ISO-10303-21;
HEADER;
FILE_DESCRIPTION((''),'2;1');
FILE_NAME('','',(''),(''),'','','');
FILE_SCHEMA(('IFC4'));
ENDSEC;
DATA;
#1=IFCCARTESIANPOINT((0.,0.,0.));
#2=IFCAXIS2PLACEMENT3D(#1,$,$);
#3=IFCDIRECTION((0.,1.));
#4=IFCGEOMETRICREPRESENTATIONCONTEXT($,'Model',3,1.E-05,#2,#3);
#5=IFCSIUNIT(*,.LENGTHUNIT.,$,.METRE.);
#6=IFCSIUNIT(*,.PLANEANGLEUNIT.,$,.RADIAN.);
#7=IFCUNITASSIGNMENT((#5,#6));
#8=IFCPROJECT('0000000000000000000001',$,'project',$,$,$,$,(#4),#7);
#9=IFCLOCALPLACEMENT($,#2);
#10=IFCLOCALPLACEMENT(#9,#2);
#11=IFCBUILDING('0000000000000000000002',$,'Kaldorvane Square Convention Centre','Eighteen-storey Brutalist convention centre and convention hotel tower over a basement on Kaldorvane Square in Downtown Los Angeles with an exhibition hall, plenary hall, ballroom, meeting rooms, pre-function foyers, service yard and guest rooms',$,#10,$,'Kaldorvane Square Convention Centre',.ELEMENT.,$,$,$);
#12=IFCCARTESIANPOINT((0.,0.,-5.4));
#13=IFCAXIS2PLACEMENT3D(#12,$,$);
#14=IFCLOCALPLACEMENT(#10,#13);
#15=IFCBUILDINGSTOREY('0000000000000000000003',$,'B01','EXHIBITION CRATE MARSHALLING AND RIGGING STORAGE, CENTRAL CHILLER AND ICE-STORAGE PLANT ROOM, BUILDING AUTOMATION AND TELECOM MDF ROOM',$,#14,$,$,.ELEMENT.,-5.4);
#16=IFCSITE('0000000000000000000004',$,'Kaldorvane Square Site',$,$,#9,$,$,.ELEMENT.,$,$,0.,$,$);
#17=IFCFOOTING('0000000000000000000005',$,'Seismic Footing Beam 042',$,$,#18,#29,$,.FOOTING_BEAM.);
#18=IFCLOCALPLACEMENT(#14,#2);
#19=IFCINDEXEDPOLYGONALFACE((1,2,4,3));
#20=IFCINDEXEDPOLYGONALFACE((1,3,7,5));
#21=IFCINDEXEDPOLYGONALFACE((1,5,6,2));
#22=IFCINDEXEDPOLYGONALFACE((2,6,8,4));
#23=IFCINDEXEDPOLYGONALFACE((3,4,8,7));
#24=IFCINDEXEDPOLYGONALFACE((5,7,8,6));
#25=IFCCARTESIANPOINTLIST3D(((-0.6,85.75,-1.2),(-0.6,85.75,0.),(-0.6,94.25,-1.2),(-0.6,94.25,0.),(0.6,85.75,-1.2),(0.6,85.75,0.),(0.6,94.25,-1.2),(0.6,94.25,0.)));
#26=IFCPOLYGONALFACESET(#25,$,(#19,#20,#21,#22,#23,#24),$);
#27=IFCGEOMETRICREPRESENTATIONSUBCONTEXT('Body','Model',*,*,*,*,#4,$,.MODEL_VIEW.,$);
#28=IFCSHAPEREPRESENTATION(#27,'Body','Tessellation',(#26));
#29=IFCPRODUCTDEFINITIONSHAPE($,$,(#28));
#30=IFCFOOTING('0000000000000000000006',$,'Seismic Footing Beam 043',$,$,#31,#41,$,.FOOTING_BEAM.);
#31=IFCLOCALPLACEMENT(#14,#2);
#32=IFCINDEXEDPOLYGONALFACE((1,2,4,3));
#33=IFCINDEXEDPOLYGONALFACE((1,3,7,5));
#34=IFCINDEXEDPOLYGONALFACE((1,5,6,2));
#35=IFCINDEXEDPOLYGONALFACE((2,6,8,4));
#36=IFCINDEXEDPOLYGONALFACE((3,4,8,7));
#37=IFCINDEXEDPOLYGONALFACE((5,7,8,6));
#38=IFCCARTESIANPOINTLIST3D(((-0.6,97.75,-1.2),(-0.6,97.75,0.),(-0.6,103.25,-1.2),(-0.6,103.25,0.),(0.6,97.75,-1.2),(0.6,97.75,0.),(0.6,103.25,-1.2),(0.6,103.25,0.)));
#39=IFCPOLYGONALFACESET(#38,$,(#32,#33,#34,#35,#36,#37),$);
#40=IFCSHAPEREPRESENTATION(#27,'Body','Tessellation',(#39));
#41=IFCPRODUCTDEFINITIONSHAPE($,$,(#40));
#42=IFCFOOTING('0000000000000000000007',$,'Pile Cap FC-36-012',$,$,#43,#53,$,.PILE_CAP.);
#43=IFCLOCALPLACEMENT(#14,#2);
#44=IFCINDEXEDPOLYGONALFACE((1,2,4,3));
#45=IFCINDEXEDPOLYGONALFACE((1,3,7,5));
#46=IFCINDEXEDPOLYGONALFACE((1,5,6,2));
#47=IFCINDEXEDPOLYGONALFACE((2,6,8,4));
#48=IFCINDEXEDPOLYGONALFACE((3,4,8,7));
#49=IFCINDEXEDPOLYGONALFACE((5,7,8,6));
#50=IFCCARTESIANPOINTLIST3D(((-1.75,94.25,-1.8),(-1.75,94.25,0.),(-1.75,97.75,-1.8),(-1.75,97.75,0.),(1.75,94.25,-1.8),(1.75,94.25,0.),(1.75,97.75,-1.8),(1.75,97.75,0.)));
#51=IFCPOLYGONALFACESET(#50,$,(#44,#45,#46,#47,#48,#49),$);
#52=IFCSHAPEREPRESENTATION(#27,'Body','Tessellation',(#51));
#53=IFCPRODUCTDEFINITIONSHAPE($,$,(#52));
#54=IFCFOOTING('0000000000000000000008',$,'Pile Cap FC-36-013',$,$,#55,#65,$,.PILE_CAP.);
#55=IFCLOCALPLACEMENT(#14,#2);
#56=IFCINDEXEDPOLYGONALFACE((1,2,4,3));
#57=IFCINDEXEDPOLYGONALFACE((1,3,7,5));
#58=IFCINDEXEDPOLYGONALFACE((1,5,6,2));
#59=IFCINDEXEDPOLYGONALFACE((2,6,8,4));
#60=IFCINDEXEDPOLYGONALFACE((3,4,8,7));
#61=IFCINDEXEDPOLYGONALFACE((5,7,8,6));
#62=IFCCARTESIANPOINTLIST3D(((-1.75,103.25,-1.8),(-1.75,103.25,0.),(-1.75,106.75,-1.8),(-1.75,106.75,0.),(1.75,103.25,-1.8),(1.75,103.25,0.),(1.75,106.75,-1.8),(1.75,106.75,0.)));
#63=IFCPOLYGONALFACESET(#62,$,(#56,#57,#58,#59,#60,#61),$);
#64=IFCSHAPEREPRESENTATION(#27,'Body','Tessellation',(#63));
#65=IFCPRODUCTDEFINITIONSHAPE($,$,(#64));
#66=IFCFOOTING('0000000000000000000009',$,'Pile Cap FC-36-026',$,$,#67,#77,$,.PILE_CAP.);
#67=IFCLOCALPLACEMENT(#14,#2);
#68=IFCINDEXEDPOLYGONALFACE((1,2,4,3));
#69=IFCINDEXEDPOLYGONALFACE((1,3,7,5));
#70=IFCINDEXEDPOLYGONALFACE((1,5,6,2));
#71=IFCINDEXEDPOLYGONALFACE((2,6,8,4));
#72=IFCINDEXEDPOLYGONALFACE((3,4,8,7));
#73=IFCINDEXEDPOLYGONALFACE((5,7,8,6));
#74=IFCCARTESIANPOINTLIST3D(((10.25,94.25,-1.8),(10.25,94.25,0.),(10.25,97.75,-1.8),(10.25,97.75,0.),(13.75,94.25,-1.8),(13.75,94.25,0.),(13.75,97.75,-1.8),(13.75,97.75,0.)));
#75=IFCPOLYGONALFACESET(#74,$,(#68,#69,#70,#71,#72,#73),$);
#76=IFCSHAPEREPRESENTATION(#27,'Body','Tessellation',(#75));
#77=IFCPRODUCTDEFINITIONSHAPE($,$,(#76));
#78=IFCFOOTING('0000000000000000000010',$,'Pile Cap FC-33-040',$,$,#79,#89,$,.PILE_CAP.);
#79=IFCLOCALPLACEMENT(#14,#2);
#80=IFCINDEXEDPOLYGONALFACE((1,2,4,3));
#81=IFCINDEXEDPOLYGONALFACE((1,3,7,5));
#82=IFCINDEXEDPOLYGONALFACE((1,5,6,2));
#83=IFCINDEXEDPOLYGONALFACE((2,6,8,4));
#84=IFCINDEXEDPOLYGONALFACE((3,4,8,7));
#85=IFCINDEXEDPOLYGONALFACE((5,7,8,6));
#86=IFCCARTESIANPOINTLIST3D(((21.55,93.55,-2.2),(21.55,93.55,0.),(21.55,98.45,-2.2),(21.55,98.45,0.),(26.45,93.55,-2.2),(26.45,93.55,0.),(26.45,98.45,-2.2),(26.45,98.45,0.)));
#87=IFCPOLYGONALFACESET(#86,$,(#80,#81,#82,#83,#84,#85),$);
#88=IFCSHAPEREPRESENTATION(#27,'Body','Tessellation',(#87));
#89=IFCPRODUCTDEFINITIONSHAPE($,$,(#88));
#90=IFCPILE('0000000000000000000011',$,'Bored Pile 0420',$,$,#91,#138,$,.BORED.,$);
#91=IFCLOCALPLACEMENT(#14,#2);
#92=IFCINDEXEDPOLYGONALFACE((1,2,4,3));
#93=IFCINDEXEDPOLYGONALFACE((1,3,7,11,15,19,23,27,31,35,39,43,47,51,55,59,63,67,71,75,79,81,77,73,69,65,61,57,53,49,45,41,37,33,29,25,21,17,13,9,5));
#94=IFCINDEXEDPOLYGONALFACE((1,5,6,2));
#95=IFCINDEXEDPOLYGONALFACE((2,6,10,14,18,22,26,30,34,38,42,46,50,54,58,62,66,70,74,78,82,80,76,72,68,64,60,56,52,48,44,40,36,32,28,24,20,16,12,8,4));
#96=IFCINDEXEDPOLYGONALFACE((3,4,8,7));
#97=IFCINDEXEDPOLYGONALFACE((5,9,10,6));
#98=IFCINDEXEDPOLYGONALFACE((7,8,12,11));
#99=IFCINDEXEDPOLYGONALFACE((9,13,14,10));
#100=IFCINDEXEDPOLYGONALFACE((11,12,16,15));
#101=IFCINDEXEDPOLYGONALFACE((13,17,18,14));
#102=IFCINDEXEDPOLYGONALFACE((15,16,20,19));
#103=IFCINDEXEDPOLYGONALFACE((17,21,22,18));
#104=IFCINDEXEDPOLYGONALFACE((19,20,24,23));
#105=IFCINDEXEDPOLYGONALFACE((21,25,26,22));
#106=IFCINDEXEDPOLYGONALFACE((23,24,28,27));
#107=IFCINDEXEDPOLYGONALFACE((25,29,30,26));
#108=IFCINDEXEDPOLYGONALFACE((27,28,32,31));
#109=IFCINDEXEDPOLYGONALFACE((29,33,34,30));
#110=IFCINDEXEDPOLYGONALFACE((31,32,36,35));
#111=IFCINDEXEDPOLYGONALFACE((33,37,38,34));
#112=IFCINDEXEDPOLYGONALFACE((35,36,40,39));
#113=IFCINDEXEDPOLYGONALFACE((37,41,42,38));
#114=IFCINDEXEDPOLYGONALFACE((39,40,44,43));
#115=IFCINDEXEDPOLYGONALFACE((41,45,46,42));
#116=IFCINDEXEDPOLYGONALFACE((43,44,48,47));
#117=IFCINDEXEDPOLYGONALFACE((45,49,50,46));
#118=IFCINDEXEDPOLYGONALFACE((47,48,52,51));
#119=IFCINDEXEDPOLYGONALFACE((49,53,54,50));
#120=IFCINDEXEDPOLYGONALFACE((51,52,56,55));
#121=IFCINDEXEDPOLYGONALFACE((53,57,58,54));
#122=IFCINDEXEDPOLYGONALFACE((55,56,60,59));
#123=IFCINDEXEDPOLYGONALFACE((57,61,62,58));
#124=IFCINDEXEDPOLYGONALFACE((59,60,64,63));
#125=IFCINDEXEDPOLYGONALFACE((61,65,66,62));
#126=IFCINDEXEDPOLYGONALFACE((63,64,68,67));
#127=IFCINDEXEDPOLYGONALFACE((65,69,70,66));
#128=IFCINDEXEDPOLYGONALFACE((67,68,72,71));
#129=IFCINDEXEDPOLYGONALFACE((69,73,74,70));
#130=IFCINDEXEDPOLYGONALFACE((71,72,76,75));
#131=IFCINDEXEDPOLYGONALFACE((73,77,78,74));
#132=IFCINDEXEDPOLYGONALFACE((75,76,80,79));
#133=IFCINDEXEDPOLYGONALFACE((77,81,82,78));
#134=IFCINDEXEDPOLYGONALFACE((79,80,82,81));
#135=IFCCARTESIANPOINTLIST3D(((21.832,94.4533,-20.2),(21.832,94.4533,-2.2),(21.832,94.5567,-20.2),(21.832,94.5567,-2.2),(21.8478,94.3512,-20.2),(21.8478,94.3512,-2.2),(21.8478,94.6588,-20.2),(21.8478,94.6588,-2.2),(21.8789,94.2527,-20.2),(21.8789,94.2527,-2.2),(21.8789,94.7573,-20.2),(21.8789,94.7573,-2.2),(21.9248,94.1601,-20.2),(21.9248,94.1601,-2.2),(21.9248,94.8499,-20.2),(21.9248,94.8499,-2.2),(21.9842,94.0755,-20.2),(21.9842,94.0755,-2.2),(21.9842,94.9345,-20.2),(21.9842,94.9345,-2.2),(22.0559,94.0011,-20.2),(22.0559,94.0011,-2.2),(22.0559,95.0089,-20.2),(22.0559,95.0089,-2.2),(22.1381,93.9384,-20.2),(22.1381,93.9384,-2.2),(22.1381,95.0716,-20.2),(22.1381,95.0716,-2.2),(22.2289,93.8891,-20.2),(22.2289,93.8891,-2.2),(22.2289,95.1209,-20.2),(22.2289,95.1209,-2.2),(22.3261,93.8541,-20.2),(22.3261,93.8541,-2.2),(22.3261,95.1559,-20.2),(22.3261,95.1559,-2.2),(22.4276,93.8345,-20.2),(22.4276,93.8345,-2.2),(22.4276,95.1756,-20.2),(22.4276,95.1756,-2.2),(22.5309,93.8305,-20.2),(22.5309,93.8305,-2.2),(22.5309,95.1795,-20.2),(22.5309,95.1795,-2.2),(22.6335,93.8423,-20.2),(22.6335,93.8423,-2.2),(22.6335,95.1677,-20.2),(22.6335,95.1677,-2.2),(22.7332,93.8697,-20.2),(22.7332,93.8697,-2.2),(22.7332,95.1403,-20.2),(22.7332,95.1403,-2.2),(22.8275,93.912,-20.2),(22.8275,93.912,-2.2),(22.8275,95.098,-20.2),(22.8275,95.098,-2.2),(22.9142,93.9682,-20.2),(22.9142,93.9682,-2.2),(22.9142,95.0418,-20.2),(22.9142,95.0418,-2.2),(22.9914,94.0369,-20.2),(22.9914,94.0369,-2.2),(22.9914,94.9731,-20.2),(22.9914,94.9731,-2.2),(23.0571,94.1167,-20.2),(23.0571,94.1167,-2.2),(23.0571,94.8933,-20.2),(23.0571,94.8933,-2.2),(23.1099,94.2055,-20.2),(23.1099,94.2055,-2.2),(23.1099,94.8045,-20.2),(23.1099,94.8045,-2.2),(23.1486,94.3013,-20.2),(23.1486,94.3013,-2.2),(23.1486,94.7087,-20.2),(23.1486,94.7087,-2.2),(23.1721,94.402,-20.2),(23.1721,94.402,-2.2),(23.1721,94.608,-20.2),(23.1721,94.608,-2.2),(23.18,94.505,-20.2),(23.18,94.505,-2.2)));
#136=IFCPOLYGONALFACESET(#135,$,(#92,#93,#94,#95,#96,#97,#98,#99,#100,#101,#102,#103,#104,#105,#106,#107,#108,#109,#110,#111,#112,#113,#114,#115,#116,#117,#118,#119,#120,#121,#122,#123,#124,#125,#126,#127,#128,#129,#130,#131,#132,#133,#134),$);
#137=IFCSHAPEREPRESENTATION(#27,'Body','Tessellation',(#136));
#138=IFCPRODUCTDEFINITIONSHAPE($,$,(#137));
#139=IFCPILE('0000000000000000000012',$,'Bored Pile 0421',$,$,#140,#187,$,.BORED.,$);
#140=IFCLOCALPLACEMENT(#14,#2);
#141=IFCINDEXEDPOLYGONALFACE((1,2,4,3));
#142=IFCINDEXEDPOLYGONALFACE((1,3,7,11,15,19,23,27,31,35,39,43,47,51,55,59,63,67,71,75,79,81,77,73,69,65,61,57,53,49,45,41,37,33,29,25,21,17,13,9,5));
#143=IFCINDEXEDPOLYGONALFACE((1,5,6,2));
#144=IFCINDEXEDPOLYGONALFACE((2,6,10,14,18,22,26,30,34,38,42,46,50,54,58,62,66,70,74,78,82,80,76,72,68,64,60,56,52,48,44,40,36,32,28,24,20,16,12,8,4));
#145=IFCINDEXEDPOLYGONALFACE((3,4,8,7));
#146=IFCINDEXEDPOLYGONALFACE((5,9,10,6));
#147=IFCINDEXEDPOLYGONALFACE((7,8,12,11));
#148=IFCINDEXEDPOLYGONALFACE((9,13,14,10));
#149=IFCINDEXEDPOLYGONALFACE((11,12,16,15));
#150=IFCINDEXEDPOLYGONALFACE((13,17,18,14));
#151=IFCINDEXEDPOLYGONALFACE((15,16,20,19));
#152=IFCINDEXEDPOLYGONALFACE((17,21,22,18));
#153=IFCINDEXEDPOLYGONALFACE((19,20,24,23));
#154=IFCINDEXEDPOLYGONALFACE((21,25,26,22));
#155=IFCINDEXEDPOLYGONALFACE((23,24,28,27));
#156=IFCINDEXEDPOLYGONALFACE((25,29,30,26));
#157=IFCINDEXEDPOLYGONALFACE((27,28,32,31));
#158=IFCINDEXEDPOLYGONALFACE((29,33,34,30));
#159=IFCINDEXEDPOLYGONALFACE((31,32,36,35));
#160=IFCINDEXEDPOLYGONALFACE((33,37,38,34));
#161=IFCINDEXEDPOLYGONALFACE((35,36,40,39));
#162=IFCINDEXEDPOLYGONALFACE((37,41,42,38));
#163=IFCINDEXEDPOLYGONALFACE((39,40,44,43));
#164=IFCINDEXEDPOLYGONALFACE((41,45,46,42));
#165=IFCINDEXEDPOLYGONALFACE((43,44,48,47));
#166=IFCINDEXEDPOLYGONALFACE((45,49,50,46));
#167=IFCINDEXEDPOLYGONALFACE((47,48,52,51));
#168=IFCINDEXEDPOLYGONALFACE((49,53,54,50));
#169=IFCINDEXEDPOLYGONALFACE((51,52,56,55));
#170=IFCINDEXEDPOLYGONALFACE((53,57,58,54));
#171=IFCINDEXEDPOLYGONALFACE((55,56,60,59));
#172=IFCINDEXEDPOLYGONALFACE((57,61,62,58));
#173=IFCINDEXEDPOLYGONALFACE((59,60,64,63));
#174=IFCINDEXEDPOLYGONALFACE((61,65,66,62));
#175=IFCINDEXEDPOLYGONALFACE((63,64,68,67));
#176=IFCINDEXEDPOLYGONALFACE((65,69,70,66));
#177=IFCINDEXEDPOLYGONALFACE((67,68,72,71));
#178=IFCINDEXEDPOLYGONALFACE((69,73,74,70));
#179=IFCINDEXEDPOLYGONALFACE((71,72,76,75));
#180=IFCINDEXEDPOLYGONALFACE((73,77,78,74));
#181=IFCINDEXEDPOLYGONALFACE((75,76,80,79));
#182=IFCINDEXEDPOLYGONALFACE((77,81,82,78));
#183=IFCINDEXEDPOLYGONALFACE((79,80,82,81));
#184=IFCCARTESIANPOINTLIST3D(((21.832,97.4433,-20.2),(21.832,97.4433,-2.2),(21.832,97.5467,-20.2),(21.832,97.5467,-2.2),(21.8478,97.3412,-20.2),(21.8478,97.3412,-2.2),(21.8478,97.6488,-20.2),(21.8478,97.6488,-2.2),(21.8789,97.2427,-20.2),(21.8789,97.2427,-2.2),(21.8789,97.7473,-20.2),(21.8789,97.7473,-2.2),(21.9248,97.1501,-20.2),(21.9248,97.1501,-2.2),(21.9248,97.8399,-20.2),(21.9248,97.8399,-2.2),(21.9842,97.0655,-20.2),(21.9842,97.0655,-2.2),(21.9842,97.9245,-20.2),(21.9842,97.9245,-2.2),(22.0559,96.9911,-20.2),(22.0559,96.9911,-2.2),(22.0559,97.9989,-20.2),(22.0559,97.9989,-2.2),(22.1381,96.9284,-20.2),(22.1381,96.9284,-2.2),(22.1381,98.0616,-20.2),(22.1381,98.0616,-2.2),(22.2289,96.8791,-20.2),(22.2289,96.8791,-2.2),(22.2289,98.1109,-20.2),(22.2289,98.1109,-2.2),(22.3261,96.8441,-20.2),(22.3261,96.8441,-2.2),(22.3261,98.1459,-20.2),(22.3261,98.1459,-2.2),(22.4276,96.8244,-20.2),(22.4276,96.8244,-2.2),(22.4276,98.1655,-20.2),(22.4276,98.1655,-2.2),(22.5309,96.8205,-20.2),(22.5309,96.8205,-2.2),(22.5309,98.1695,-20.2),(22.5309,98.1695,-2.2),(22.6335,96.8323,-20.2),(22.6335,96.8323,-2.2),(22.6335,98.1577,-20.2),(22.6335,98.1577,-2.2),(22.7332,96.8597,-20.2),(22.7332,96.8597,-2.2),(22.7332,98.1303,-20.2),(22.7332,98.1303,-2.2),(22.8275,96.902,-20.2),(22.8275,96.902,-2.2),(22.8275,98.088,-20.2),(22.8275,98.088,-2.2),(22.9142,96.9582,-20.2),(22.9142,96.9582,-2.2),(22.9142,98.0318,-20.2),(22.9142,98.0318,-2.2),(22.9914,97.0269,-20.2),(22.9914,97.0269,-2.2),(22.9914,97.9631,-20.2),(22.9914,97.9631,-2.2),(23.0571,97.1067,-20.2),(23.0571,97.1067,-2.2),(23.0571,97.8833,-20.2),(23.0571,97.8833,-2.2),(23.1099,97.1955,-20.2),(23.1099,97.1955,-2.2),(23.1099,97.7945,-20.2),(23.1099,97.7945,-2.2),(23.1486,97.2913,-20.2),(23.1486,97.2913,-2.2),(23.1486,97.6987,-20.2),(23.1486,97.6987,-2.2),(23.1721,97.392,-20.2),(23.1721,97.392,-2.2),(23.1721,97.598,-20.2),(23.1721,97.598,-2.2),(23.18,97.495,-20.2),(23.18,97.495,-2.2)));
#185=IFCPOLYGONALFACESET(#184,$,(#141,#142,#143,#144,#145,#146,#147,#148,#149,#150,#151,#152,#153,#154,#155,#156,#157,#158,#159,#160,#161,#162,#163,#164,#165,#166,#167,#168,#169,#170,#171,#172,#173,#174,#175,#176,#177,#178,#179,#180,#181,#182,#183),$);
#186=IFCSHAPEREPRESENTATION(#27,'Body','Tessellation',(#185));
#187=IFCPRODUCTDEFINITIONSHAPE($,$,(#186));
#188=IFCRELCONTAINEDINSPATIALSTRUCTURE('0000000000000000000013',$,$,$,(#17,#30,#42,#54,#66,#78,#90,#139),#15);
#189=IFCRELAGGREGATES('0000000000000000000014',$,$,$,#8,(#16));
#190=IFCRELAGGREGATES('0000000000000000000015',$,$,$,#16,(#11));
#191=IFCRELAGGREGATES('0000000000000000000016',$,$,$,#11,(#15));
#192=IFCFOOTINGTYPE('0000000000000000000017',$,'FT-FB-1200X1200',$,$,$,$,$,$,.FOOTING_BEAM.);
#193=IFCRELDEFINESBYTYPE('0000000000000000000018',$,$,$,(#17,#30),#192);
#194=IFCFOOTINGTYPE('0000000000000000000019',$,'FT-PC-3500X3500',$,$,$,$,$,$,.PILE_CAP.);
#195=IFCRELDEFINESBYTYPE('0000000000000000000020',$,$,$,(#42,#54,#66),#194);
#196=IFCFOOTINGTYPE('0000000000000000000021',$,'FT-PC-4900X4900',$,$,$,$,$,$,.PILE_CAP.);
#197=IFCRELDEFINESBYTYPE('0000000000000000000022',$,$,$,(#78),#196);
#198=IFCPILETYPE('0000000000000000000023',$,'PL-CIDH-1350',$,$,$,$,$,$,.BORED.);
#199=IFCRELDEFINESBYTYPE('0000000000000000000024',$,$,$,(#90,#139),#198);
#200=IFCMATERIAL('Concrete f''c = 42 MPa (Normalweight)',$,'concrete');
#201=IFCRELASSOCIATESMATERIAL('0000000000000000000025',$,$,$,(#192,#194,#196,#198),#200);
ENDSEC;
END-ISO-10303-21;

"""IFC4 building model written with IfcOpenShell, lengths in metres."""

from ifc_helpers import new_model, si_unit, direction, frame, origin, origin_2d, place, context, subcontext, project, spatial, rectangle, circle, extrude, material, material_profile, profile_set, type_object, element, save


model = new_model("IFC4")

# Units and contexts
model_context = context("Model", 3, precision=1e-05, world=origin(), true_north=direction((0.0, 1.0)))
body_context = subcontext(model_context, "Body", "Model", "MODEL_VIEW")
ifc_project = project(units=[si_unit("LENGTHUNIT", "METRE"), si_unit("PLANEANGLEUNIT", "RADIAN")], contexts=[model_context])

# Site, building, storey
site_placement = place(None, origin())
site = spatial("IfcSite", under=ifc_project, at=site_placement, Name="Kaldorvane Square Site", CompositionType="ELEMENT", RefElevation=0.0)
building_placement = place(site_placement, origin())
building = spatial("IfcBuilding", under=site, at=building_placement, Name="Kaldorvane Square Convention Centre", Description="Eighteen-storey Brutalist convention centre and convention hotel tower over a basement on Kaldorvane Square in Downtown Los Angeles with an exhibition hall, plenary hall, ballroom, meeting rooms, pre-function foyers, service yard and guest rooms", LongName="Kaldorvane Square Convention Centre", CompositionType="ELEMENT")
storey_placement = place(building_placement, frame((0.0, 0.0, -5.4)))
storey = spatial("IfcBuildingStorey", under=building, at=storey_placement, Name="B01", Description="EXHIBITION CRATE MARSHALLING AND RIGGING STORAGE, CENTRAL CHILLER AND ICE-STORAGE PLANT ROOM, BUILDING AUTOMATION AND TELECOM MDF ROOM", CompositionType="ELEMENT", Elevation=-5.4)

# Footings
ifc_material_1 = material(Name="Concrete f'c = 42 MPa (Normalweight)", Category="concrete")
footing_type_1 = type_object("IfcFootingType", Name="FT-FB-1200X1200", PredefinedType="FOOTING_BEAM", material=ifc_material_1)
footing_1_placement = place(storey_placement, frame((0.0, 90.0, -1.2), z_axis=(0.0, 0.0, 1.0), x_axis=(1.0, 0.0, 0.0)))
element("IfcFooting", 1, at=footing_1_placement, inside=storey, type_object=footing_type_1, Name="Seismic Footing Beam 042", PredefinedType="FOOTING_BEAM", context=body_context, shape_type="SweptSolid", body=[
    extrude(rectangle(XDim=1.2, YDim=8.5, at=origin_2d()), origin(), (0.0, 0.0, 1.0), 1.2),
])
footing_2_placement = place(storey_placement, frame((0.0, 100.5, -1.2), z_axis=(0.0, 0.0, 1.0), x_axis=(1.0, 0.0, 0.0)))
element("IfcFooting", 2, at=footing_2_placement, inside=storey, type_object=footing_type_1, Name="Seismic Footing Beam 043", PredefinedType="FOOTING_BEAM", context=body_context, shape_type="SweptSolid", body=[
    extrude(rectangle(XDim=1.2, YDim=5.5, at=origin_2d()), origin(), (0.0, 0.0, 1.0), 1.2),
])
footing_type_2 = type_object("IfcFootingType", Name="FT-PC-3500X3500", PredefinedType="PILE_CAP", material=ifc_material_1)
for number, where, z_axis, x_axis, name in (
    (3, (0.0, 96.0, -1.8), (0.0, 0.0, 1.0), (1.0, 0.0, 0.0), "Pile Cap FC-36-012"),
    (4, (0.0, 105.0, -1.8), (0.0, 0.0, 1.0), (1.0, 0.0, 0.0), "Pile Cap FC-36-013"),
    (5, (12.0, 96.0, -1.8), (0.0, 0.0, 1.0), (1.0, 0.0, 0.0), "Pile Cap FC-36-026"),
):
    element("IfcFooting", number, at=place(storey_placement, frame(where, z_axis=z_axis, x_axis=x_axis)), inside=storey, type_object=footing_type_2, Name=name, PredefinedType="PILE_CAP", context=body_context, shape_type="SweptSolid", body=[
        extrude(rectangle(XDim=3.5, YDim=3.5, at=origin_2d()), origin(), (0.0, 0.0, 1.0), 1.8),
    ])
footing_type_3 = type_object("IfcFootingType", Name="FT-PC-4900X4900", PredefinedType="PILE_CAP", material=ifc_material_1)
footing_3_placement = place(storey_placement, frame((24.0, 96.0, -2.2), z_axis=(0.0, 0.0, 1.0), x_axis=(1.0, 0.0, 0.0)))
element("IfcFooting", 6, at=footing_3_placement, inside=storey, type_object=footing_type_3, Name="Pile Cap FC-33-040", PredefinedType="PILE_CAP", context=body_context, shape_type="SweptSolid", body=[
    extrude(rectangle(XDim=4.9, YDim=4.9, at=origin_2d()), origin(), (0.0, 0.0, 1.0), 2.2),
])

# Piles
ifc_material_profile_1 = material_profile(ifc_material_1, circle(Radius=0.675, at=origin_2d()), Name="PILE-D1350")
ifc_profile_set_1 = profile_set([ifc_material_profile_1], Name="Concrete f'c = 42 MPa (Normalweight)")
pile_type_1 = type_object("IfcPileType", Name="PL-CIDH-1350", PredefinedType="BORED", material=ifc_profile_set_1)
for number, where, z_axis, x_axis, name in (
    (7, (22.505, 94.505, -2.2), (0.0, 0.0, -1.0), (1.0, 0.0, 0.0), "Bored Pile 0420"),
    (8, (22.505, 97.495, -2.2), (0.0, 0.0, -1.0), (1.0, 0.0, 0.0), "Bored Pile 0421"),
):
    element("IfcPile", number, at=place(storey_placement, frame(where, z_axis=z_axis, x_axis=x_axis)), inside=storey, type_object=pile_type_1, Name=name, PredefinedType="BORED", context=body_context, shape_type="SweptSolid", body=[
        extrude(circle(Radius=0.675, at=origin_2d()), origin(), (0.0, 0.0, 1.0), 18.0),
    ])

save(model, "model.ifc")
